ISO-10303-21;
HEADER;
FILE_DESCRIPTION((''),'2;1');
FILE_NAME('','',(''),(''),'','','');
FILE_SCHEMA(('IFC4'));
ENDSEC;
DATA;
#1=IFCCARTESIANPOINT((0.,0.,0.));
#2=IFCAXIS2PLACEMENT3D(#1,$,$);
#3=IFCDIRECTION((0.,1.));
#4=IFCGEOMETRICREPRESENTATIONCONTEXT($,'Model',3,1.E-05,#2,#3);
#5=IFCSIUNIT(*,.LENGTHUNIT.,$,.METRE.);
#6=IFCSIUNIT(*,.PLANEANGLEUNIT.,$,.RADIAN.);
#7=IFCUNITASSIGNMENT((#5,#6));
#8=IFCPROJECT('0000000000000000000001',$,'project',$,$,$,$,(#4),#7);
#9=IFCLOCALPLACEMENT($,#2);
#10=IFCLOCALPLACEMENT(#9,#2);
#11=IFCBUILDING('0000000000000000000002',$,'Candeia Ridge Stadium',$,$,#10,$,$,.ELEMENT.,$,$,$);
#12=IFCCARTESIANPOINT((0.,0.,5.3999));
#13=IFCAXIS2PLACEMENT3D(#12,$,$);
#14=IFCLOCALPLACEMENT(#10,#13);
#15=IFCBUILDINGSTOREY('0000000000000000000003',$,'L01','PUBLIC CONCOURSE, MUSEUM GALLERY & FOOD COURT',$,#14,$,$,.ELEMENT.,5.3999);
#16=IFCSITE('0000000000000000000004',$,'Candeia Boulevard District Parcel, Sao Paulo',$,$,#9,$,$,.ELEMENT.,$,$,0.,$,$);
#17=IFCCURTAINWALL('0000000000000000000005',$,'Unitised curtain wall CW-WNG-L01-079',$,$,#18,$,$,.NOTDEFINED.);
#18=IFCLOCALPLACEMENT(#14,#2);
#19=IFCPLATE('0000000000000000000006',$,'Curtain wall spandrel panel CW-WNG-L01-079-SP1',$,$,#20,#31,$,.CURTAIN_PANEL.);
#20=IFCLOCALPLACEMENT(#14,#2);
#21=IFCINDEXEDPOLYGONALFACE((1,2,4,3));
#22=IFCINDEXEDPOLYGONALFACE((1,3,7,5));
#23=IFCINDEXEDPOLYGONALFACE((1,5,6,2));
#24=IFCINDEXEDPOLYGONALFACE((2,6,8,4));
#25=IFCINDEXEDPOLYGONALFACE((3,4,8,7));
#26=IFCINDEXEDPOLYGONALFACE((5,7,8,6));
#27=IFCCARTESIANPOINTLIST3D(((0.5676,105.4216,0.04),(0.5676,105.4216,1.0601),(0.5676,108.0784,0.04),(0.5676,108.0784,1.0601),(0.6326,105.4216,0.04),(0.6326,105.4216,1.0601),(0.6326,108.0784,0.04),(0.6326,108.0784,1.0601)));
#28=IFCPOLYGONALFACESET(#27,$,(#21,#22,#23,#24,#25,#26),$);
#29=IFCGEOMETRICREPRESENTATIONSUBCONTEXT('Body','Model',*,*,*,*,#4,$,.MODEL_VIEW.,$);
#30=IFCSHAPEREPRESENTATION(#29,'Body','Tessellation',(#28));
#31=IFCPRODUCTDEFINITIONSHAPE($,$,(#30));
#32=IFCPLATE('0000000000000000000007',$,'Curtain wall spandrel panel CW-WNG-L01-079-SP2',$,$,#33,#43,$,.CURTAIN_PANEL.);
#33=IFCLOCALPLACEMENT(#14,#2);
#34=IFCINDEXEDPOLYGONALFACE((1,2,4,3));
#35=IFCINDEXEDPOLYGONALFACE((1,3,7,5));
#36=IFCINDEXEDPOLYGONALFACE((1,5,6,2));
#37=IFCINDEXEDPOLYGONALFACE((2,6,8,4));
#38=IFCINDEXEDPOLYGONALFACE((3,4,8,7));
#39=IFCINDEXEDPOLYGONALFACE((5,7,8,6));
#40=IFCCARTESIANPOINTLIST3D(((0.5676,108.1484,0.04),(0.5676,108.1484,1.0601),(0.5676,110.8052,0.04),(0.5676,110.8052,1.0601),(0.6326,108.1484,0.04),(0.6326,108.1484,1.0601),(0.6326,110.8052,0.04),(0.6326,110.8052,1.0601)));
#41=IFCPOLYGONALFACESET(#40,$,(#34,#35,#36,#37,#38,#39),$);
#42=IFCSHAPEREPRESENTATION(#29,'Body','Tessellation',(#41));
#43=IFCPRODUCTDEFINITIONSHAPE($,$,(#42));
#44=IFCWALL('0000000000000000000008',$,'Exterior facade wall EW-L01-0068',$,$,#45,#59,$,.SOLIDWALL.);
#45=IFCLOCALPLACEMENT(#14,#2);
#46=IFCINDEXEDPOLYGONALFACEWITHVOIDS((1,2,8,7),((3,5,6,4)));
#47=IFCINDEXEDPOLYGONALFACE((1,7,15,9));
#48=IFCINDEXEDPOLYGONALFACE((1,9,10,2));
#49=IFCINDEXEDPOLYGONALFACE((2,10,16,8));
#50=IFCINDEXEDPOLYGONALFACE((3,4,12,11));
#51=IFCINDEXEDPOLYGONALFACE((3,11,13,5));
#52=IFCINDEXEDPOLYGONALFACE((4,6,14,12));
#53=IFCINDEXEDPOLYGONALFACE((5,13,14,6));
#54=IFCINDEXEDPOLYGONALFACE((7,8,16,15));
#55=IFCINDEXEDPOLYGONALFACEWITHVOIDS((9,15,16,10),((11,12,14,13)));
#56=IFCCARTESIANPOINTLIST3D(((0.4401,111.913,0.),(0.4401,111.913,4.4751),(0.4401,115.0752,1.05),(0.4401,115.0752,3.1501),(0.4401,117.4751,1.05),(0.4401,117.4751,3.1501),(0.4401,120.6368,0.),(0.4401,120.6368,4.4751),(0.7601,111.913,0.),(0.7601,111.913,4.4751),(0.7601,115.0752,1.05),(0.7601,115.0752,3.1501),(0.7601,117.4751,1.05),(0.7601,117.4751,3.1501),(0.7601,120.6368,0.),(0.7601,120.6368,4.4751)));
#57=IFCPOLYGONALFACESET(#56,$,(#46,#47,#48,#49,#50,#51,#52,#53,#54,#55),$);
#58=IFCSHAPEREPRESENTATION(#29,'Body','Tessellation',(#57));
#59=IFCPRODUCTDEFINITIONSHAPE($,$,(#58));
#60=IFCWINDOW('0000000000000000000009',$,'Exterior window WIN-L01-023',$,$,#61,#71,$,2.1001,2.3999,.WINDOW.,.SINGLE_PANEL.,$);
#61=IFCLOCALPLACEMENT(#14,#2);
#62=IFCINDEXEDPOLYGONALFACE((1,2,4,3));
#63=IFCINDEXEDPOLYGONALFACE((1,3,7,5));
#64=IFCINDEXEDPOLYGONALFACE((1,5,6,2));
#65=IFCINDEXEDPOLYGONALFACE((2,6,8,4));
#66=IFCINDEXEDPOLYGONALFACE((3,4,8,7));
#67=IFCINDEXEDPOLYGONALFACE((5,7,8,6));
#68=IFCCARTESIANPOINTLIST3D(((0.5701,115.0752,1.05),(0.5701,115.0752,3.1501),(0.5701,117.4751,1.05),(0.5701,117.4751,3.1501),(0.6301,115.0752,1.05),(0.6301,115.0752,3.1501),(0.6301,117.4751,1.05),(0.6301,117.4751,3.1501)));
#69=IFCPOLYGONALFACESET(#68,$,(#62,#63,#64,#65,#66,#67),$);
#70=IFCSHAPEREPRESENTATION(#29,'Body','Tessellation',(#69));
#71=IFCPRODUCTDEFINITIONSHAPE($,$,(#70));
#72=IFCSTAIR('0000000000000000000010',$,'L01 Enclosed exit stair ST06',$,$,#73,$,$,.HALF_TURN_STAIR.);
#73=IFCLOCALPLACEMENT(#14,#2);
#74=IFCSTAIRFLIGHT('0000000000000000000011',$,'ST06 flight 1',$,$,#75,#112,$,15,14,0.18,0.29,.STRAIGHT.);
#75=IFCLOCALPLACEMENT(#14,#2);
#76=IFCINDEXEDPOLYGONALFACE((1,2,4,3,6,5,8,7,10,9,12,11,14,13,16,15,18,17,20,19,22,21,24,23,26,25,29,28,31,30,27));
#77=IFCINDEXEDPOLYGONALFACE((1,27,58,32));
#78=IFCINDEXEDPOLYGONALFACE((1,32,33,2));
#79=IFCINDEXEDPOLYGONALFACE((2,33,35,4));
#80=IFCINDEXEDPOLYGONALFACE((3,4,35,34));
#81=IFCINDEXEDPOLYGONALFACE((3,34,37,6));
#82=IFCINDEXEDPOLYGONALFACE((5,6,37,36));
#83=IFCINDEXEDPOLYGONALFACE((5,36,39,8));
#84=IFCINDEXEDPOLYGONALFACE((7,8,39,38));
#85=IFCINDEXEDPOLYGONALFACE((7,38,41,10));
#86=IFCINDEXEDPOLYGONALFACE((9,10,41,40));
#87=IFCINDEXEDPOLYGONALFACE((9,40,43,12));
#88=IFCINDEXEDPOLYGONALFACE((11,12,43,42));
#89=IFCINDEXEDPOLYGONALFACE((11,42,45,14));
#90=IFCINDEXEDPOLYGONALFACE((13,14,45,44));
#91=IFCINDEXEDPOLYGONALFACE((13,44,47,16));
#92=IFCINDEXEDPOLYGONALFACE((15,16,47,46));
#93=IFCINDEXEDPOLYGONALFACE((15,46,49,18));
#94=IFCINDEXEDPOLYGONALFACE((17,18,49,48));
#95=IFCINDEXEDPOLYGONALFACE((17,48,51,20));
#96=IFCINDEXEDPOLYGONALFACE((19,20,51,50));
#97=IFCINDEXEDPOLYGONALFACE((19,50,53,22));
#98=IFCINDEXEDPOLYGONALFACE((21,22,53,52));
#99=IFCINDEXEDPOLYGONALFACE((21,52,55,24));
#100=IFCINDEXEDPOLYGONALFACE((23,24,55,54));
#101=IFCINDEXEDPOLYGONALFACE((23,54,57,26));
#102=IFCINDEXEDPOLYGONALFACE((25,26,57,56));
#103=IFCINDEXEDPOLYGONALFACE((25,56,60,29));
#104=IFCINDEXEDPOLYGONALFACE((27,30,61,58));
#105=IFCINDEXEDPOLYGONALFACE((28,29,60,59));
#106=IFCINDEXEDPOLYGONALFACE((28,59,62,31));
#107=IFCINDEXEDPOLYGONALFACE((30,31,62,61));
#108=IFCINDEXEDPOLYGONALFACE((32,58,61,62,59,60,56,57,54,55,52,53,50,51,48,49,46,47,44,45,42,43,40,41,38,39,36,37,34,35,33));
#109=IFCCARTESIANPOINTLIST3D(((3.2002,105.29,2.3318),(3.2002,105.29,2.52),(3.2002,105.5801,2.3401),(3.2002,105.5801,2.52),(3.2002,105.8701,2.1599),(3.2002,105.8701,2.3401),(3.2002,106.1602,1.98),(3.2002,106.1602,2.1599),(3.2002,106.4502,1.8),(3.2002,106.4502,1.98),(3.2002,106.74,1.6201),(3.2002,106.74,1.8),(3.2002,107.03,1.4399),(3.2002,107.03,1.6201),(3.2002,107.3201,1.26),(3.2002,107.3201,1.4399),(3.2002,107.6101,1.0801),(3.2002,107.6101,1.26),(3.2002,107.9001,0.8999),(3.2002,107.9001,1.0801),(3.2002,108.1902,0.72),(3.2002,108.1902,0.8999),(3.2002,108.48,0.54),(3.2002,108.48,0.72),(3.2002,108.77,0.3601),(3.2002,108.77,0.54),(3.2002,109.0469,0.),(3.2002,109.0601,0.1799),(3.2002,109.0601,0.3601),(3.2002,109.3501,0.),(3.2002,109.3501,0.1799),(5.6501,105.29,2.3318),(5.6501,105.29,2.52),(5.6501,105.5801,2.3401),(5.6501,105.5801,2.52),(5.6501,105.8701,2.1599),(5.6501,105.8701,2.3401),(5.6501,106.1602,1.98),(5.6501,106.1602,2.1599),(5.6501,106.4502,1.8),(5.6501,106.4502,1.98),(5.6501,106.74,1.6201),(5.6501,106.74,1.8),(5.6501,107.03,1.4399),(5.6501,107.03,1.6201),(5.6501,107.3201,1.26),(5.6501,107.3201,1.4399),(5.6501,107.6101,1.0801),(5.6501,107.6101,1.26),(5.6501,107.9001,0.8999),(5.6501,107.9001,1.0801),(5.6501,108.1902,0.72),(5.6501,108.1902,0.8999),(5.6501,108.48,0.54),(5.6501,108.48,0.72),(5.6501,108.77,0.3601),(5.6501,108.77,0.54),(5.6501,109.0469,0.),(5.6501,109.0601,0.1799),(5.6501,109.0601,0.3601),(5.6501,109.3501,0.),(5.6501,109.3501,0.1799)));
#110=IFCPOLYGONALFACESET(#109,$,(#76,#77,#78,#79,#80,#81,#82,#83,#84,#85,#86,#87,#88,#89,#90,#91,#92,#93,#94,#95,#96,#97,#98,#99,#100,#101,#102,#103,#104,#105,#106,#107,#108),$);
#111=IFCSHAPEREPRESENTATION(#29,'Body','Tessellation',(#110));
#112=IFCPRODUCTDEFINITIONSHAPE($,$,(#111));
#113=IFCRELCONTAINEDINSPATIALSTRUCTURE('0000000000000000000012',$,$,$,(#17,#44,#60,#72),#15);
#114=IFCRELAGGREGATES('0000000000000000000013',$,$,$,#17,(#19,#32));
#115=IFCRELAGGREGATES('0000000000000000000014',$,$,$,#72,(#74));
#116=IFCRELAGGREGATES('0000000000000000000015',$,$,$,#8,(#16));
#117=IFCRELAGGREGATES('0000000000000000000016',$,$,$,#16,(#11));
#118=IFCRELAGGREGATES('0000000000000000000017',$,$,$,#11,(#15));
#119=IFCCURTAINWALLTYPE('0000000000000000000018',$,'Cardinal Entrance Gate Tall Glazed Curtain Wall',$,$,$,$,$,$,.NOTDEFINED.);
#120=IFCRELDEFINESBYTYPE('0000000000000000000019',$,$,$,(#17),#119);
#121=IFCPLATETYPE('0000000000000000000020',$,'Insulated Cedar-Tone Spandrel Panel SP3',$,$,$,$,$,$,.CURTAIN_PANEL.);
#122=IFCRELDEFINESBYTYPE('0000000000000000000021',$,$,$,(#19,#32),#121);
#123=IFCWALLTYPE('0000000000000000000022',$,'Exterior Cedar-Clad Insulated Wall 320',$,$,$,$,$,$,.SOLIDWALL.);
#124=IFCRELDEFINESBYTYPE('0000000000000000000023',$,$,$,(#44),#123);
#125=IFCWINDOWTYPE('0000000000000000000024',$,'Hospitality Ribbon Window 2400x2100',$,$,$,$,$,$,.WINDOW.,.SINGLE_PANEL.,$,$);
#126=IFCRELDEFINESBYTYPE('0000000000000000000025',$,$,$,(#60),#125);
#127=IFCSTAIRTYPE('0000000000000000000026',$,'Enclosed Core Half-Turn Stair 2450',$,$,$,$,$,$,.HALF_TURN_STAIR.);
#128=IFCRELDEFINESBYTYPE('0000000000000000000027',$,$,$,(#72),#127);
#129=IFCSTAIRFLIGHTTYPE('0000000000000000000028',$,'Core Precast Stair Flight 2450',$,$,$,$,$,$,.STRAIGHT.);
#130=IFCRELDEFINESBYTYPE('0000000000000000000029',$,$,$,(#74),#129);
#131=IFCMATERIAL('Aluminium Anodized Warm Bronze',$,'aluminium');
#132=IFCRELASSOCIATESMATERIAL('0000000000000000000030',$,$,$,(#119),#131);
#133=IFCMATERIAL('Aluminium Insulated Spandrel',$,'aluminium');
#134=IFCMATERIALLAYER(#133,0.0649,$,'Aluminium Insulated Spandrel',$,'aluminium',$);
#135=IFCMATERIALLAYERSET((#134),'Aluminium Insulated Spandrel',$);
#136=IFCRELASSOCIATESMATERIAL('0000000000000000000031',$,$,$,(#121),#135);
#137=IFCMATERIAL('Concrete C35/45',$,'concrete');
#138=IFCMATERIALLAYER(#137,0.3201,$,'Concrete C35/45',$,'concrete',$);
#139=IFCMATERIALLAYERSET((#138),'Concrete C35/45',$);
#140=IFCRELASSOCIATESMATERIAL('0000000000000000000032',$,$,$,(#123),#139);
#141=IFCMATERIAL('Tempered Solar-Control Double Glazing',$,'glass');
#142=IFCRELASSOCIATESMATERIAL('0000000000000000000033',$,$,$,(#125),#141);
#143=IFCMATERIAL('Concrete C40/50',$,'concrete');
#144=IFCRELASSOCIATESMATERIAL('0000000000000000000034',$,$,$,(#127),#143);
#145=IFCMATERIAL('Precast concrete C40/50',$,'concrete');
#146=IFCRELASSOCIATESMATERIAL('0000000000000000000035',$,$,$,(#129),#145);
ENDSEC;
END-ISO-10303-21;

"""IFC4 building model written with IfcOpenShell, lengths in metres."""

from ifc_helpers import new_model, si_unit, direction, frame, frame_2d, origin, origin_2d, place, context, subcontext, project, spatial, polyline, rectangle, outline, extrude, material, layer, layer_set, type_object, element, fill, aggregate, save


model = new_model("IFC4")

# Units and contexts
model_context = context("Model", 3, precision=1e-05, world=origin(), true_north=direction((0.0, 1.0)))
body_context = subcontext(model_context, "Body", "Model", "MODEL_VIEW")
ifc_project = project(units=[si_unit("LENGTHUNIT", "METRE"), si_unit("PLANEANGLEUNIT", "RADIAN")], contexts=[model_context])

# Site, building, storey
site_placement = place(None, origin())
site = spatial("IfcSite", under=ifc_project, at=site_placement, Name="Candeia Boulevard District Parcel, Sao Paulo", CompositionType="ELEMENT", RefElevation=0.0)
building_placement = place(site_placement, origin())
building = spatial("IfcBuilding", under=site, at=building_placement, Name="Candeia Ridge Stadium", CompositionType="ELEMENT")
storey_placement = place(building_placement, frame((0.0, 0.0, 5.3999)))
storey = spatial("IfcBuildingStorey", under=building, at=storey_placement, Name="L01", Description="PUBLIC CONCOURSE, MUSEUM GALLERY & FOOD COURT", CompositionType="ELEMENT", Elevation=5.3999)

# Shared definitions
ifc_material_1 = material(Name="Concrete C40/50", Category="concrete")

# Curtain wall
ifc_material_2 = material(Name="Aluminium Anodized Warm Bronze", Category="aluminium")
curtain_wall_type = type_object("IfcCurtainWallType", Name="Cardinal Entrance Gate Tall Glazed Curtain Wall", PredefinedType="NOTDEFINED", material=ifc_material_2)
curtain_wall_placement = place(storey_placement, origin())
curtain_wall = element("IfcCurtainWall", 1, at=curtain_wall_placement, inside=storey, type_object=curtain_wall_type, Name="Unitised curtain wall CW-WNG-L01-079", PredefinedType="NOTDEFINED")

# Plates
ifc_material_3 = material(Name="Aluminium Insulated Spandrel", Category="aluminium")
ifc_layer_1 = layer(ifc_material_3, 0.0649, Name="Aluminium Insulated Spandrel", Category="aluminium")
ifc_layer_set_1 = layer_set([ifc_layer_1], Name="Aluminium Insulated Spandrel")
plate_type_1 = type_object("IfcPlateType", Name="Insulated Cedar-Tone Spandrel Panel SP3", PredefinedType="CURTAIN_PANEL", material=ifc_layer_set_1)
plate_1_placement = place(storey_placement, frame((0.6001, 106.75, 0.04), z_axis=(0.0, 0.0, 1.0), x_axis=(0.0, 1.0, 0.0)))
plate_1 = element("IfcPlate", 2, at=plate_1_placement, type_object=plate_type_1, Name="Curtain wall spandrel panel CW-WNG-L01-079-SP1", PredefinedType="CURTAIN_PANEL", context=body_context, shape_type="SweptSolid", body=[
    extrude(rectangle(XDim=2.6567, YDim=0.0649, at=origin_2d()), origin(), (0.0, 0.0, 1.0), 1.02),
])
plate_2_placement = place(storey_placement, frame((0.6001, 109.4768, 0.04), z_axis=(0.0, 0.0, 1.0), x_axis=(0.0, 1.0, 0.0)))
plate_2 = element("IfcPlate", 3, at=plate_2_placement, type_object=plate_type_1, Name="Curtain wall spandrel panel CW-WNG-L01-079-SP2", PredefinedType="CURTAIN_PANEL", context=body_context, shape_type="SweptSolid", body=[
    extrude(rectangle(XDim=2.6567, YDim=0.0649, at=origin_2d()), origin(), (0.0, 0.0, 1.0), 1.02),
])
aggregate(curtain_wall, [plate_1, plate_2])

# Wall, opening, window
ifc_material_4 = material(Name="Concrete C35/45", Category="concrete")
ifc_layer_2 = layer(ifc_material_4, 0.3201, Name="Concrete C35/45", Category="concrete")
ifc_layer_set_2 = layer_set([ifc_layer_2], Name="Concrete C35/45")
wall_type = type_object("IfcWallType", Name="Exterior Cedar-Clad Insulated Wall 320", PredefinedType="SOLIDWALL", material=ifc_layer_set_2)
wall_placement = place(storey_placement, frame((0.6001, 111.9131, 0.0), z_axis=(0.0, 0.0, 1.0), x_axis=(0.0, 1.0, 0.0)))
wall = element("IfcWall", 4, at=wall_placement, inside=storey, type_object=wall_type, Name="Exterior facade wall EW-L01-0068", PredefinedType="SOLIDWALL", context=body_context, shape_type="SweptSolid", body=[
    extrude(rectangle(XDim=8.7239, YDim=0.3201, at=frame_2d((4.3618, 0.0))), origin(), (0.0, 0.0, 1.0), 4.4751),
])
opening_placement = place(wall_placement, frame((3.1621, 0.0, 1.05)))
opening = element("IfcOpeningElement", 5, at=opening_placement, cuts=wall, PredefinedType="OPENING", context=body_context, shape_type="SweptSolid", body=[
    extrude(rectangle(XDim=2.3999, YDim=2.1001, at=frame_2d((1.2, 1.05))), frame((0.0, 0.1699, 0.0), z_axis=(0.0, -1.0, 0.0), x_axis=(1.0, 0.0, 0.0)), (0.0, 0.0, 1.0), 0.3401),
])
ifc_material_5 = material(Name="Tempered Solar-Control Double Glazing", Category="glass")
window_type = type_object("IfcWindowType", Name="Hospitality Ribbon Window 2400x2100", PartitioningType="SINGLE_PANEL", PredefinedType="WINDOW", material=ifc_material_5)
window_placement = place(opening_placement, origin())
window = element("IfcWindow", 6, at=window_placement, inside=storey, type_object=window_type, Name="Exterior window WIN-L01-023", OverallHeight=2.1001, OverallWidth=2.3999, PartitioningType="SINGLE_PANEL", PredefinedType="WINDOW", context=body_context, shape_type="SweptSolid", body=[
    extrude(rectangle(XDim=2.3999, YDim=2.1001, at=frame_2d((1.2, 1.05))), frame((0.0, 0.03, 0.0), z_axis=(0.0, -1.0, 0.0), x_axis=(1.0, 0.0, 0.0)), (0.0, 0.0, 1.0), 0.0601),
])
fill(opening, window)

# Stair, stair flight
stair_type = type_object("IfcStairType", Name="Enclosed Core Half-Turn Stair 2450", PredefinedType="HALF_TURN_STAIR", material=ifc_material_1)
stair_placement = place(storey_placement, origin())
stair = element("IfcStair", 7, at=stair_placement, inside=storey, type_object=stair_type, Name="L01 Enclosed exit stair ST06", PredefinedType="HALF_TURN_STAIR")
ifc_material_6 = material(Name="Precast concrete C40/50", Category="concrete")
stair_flight_type = type_object("IfcStairFlightType", Name="Core Precast Stair Flight 2450", PredefinedType="STRAIGHT", material=ifc_material_6)
stair_flight_placement = place(storey_placement, frame((4.425, 109.3501, 0.0), z_axis=(0.0, 0.0, 1.0), x_axis=(0.0, -1.0, 0.0)))
stair_flight = element("IfcStairFlight", 8, at=stair_flight_placement, type_object=stair_flight_type, Name="ST06 flight 1", NumberOfRisers=15, NumberOfTreads=14, PredefinedType="STRAIGHT", RiserHeight=0.18, TreadLength=0.29, context=body_context, shape_type="SweptSolid", body=[
    extrude(outline(polyline([(0.0, 0.0), (0.0, 0.1799), (0.29, 0.1799), (0.29, 0.3601), (0.5801, 0.3601), (0.5801, 0.54), (0.8701, 0.54), (0.8701, 0.72), (1.1599, 0.72), (1.1599, 0.8999), (1.45, 0.8999), (1.45, 1.0801), (1.74, 1.0801), (1.74, 1.26), (2.03, 1.26), (2.03, 1.4399), (2.3201, 1.4399), (2.3201, 1.6201), (2.6101, 1.6201), (2.6101, 1.8), (2.8999, 1.8), (2.8999, 1.98), (3.1899, 1.98), (3.1899, 2.1599), (3.48, 2.1599), (3.48, 2.3401), (3.77, 2.3401), (3.77, 2.52), (4.0601, 2.52), (4.0601, 2.7), (4.0601, 2.3318), (0.3032, 0.0), (0.0, 0.0)])), frame((0.0, 1.2251, 0.0), z_axis=(0.0, -1.0, 0.0), x_axis=(1.0, 0.0, 0.0)), (0.0, 0.0, 1.0), 2.45),
])
aggregate(stair, [stair_flight])

save(model, "model.ifc")
